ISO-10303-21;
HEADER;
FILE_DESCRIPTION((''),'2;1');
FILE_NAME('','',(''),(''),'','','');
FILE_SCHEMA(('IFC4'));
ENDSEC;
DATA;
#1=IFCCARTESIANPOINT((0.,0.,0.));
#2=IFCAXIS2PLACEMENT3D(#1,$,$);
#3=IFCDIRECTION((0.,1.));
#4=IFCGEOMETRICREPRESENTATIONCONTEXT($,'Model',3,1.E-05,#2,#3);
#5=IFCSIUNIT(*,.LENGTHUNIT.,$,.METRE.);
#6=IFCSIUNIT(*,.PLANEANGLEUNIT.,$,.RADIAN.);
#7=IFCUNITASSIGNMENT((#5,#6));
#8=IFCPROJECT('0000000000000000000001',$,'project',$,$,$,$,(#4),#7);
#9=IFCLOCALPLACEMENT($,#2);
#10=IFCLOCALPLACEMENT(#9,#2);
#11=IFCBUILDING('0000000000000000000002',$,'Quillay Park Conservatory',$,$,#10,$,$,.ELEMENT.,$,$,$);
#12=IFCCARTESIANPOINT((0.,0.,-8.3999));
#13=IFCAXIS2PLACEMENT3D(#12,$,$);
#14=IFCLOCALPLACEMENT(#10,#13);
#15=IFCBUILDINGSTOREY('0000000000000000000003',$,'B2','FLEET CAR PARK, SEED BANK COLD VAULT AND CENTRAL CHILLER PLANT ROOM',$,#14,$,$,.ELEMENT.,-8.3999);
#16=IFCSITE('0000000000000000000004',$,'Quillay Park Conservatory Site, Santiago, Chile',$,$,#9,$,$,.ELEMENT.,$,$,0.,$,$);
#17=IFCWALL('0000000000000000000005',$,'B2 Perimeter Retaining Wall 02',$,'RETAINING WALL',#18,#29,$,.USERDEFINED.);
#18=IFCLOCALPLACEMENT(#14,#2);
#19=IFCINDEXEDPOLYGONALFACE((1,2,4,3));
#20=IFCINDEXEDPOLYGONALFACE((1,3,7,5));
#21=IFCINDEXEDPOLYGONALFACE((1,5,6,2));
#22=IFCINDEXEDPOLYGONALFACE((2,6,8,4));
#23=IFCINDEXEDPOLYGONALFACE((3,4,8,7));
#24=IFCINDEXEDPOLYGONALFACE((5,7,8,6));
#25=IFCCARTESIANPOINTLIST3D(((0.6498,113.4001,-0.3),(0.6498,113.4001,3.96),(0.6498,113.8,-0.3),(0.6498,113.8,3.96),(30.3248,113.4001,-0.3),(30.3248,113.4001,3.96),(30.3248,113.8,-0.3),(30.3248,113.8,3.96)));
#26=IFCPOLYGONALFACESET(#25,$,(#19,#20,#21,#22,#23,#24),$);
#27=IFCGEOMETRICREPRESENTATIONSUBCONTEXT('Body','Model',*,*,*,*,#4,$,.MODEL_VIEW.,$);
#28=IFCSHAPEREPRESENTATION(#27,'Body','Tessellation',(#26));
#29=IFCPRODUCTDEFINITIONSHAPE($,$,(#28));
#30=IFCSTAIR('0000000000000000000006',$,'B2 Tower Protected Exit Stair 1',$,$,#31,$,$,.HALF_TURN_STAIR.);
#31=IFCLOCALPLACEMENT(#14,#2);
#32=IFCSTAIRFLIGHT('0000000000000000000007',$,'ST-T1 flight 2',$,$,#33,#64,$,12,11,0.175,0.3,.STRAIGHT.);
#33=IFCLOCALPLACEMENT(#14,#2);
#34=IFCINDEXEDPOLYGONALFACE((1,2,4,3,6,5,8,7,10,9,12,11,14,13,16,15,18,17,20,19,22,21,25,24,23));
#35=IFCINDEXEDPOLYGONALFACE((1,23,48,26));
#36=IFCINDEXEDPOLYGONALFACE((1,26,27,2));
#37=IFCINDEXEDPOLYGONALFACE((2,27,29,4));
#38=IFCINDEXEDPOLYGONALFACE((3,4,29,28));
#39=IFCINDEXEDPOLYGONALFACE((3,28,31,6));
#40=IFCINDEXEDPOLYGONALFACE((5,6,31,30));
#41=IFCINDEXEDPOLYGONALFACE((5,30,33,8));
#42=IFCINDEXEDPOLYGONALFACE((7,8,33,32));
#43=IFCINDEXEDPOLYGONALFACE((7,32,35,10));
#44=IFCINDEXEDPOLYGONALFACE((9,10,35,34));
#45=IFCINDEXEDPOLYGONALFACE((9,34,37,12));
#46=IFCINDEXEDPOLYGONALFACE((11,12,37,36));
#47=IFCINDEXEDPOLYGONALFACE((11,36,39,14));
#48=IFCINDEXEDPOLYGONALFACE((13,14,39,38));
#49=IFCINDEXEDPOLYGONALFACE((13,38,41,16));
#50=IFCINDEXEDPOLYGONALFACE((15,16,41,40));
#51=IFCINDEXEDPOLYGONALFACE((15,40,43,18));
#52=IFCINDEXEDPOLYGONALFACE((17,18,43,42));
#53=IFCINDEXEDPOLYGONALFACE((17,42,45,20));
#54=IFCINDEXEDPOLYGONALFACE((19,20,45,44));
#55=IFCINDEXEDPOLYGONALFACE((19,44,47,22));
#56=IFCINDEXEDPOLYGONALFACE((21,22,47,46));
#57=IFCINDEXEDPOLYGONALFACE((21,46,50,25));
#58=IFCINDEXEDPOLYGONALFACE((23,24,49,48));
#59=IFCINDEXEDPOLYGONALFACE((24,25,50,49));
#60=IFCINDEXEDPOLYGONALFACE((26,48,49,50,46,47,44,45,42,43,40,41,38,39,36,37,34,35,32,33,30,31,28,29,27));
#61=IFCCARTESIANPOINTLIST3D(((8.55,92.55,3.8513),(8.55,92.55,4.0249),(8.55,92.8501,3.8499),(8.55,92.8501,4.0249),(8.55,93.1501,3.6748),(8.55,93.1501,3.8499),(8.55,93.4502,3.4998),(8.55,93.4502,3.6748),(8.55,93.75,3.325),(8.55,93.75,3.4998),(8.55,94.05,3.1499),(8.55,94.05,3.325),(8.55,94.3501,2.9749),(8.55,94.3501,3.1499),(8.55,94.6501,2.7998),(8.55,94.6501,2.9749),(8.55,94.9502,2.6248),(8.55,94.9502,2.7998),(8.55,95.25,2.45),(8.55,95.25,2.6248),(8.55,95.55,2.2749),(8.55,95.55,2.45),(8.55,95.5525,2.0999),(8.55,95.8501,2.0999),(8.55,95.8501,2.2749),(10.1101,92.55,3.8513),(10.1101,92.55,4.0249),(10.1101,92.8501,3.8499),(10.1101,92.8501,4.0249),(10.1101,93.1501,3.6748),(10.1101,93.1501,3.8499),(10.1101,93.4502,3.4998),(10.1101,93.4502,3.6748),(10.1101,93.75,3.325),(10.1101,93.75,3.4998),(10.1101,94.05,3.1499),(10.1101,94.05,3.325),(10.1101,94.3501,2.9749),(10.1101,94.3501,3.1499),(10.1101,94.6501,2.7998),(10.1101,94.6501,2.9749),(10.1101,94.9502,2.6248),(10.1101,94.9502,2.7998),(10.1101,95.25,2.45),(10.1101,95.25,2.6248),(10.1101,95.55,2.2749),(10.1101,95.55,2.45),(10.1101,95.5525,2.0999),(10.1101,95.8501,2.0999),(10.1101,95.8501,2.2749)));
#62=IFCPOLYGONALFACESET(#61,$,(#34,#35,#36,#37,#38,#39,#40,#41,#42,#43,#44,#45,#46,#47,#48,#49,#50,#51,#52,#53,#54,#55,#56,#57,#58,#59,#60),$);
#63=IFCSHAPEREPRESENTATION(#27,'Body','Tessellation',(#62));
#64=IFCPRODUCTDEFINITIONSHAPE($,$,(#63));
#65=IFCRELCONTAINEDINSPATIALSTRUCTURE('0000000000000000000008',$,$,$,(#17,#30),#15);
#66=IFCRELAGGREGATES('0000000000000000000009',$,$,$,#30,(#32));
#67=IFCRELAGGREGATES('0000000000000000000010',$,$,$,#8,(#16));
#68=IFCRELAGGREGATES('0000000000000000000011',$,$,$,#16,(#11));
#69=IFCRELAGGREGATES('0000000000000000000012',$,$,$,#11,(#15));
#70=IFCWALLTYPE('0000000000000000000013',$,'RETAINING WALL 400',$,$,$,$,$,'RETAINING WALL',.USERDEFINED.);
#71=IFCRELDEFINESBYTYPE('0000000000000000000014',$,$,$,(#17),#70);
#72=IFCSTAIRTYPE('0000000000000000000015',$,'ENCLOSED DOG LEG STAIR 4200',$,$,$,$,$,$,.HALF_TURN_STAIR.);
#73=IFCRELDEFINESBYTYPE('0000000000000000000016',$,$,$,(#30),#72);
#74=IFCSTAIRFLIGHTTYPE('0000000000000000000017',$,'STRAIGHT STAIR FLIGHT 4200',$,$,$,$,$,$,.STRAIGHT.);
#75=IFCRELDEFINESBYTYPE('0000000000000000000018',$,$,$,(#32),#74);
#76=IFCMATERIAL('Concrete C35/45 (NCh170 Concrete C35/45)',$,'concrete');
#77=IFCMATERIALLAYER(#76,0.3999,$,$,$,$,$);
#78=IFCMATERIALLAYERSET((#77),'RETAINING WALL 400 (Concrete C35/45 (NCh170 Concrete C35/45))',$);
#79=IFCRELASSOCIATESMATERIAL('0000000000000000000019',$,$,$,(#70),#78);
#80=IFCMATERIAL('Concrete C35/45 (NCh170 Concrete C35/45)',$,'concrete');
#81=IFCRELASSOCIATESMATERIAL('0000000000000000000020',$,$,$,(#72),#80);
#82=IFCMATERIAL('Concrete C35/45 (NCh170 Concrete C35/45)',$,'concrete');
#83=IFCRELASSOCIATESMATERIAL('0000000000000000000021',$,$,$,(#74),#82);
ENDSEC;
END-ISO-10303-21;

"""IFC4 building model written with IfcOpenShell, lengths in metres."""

from ifc_helpers import new_model, si_unit, direction, frame, frame_2d, origin, place, context, subcontext, project, spatial, polyline, rectangle, outline, extrude, material, layer, layer_set, type_object, element, aggregate, save


model = new_model("IFC4")

# Units and contexts
model_context = context("Model", 3, precision=1e-05, world=origin(), true_north=direction((0.0, 1.0)))
body_context = subcontext(model_context, "Body", "Model", "MODEL_VIEW")
ifc_project = project(units=[si_unit("LENGTHUNIT", "METRE"), si_unit("PLANEANGLEUNIT", "RADIAN")], contexts=[model_context])

# Site, building, storey
site_placement = place(None, origin())
site = spatial("IfcSite", under=ifc_project, at=site_placement, Name="Quillay Park Conservatory Site, Santiago, Chile", CompositionType="ELEMENT", RefElevation=0.0)
building_placement = place(site_placement, origin())
building = spatial("IfcBuilding", under=site, at=building_placement, Name="Quillay Park Conservatory", CompositionType="ELEMENT")
storey_placement = place(building_placement, frame((0.0, 0.0, -8.3999)))
storey = spatial("IfcBuildingStorey", under=building, at=storey_placement, Name="B2", Description="FLEET CAR PARK, SEED BANK COLD VAULT AND CENTRAL CHILLER PLANT ROOM", CompositionType="ELEMENT", Elevation=-8.3999)

# Wall
ifc_material_1 = material(Name="Concrete C35/45 (NCh170 Concrete C35/45)", Category="concrete")
ifc_layer_1 = layer(ifc_material_1, 0.3999)
ifc_layer_set_1 = layer_set([ifc_layer_1], Name="RETAINING WALL 400 (Concrete C35/45 (NCh170 Concrete C35/45))")
wall_type_1 = type_object("IfcWallType", Name="RETAINING WALL 400", ElementType="RETAINING WALL", PredefinedType="USERDEFINED", material=ifc_layer_set_1)
wall_1_placement = place(storey_placement, frame((0.6499, 113.6001, -0.3), z_axis=(0.0, 0.0, 1.0), x_axis=(1.0, 0.0, 0.0)))
element("IfcWall", 1, at=wall_1_placement, inside=storey, type_object=wall_type_1, Name="B2 Perimeter Retaining Wall 02", ObjectType="RETAINING WALL", PredefinedType="USERDEFINED", context=body_context, shape_type="SweptSolid", body=[
    extrude(rectangle(XDim=29.675, YDim=0.3999, at=frame_2d((14.8374, 0.0))), origin(), (0.0, 0.0, 1.0), 4.26),
])

# Stair, stair flight
ifc_material_2 = material(Name="Concrete C35/45 (NCh170 Concrete C35/45)", Category="concrete")
stair_type = type_object("IfcStairType", Name="ENCLOSED DOG LEG STAIR 4200", PredefinedType="HALF_TURN_STAIR", material=ifc_material_2)
stair_placement = place(storey_placement, origin())
stair = element("IfcStair", 2, at=stair_placement, inside=storey, type_object=stair_type, Name="B2 Tower Protected Exit Stair 1", PredefinedType="HALF_TURN_STAIR")
ifc_material_3 = material(Name="Concrete C35/45 (NCh170 Concrete C35/45)", Category="concrete")
stair_flight_type = type_object("IfcStairFlightType", Name="STRAIGHT STAIR FLIGHT 4200", PredefinedType="STRAIGHT", material=ifc_material_3)
stair_flight_placement = place(storey_placement, frame((9.3301, 95.8501, 2.0999), z_axis=(0.0, 0.0, 1.0), x_axis=(0.0, -1.0, 0.0)))
stair_flight = element("IfcStairFlight", 3, at=stair_flight_placement, type_object=stair_flight_type, Name="ST-T1 flight 2", NumberOfRisers=12, NumberOfTreads=11, PredefinedType="STRAIGHT", RiserHeight=0.175, TreadLength=0.3, context=body_context, shape_type="SweptSolid", body=[
    extrude(outline(polyline([(0.0, 0.0), (0.0, 0.175), (0.3, 0.175), (0.3, 0.3501), (0.6001, 0.3501), (0.6001, 0.5249), (0.8999, 0.5249), (0.8999, 0.7), (1.2, 0.7), (1.2, 0.875), (1.5, 0.875), (1.5, 1.05), (1.8, 1.05), (1.8, 1.2251), (2.1001, 1.2251), (2.1001, 1.3999), (2.3999, 1.3999), (2.3999, 1.575), (2.7, 1.575), (2.7, 1.75), (3.0, 1.75), (3.0, 1.925), (3.3, 1.925), (3.3, 2.1001), (3.3, 1.7515), (0.2976, 0.0), (0.0, 0.0)])), frame((0.0, 0.78, 0.0), z_axis=(0.0, -1.0, 0.0), x_axis=(1.0, 0.0, 0.0)), (0.0, 0.0, 1.0), 1.5601),
])
aggregate(stair, [stair_flight])

save(model, "model.ifc")
